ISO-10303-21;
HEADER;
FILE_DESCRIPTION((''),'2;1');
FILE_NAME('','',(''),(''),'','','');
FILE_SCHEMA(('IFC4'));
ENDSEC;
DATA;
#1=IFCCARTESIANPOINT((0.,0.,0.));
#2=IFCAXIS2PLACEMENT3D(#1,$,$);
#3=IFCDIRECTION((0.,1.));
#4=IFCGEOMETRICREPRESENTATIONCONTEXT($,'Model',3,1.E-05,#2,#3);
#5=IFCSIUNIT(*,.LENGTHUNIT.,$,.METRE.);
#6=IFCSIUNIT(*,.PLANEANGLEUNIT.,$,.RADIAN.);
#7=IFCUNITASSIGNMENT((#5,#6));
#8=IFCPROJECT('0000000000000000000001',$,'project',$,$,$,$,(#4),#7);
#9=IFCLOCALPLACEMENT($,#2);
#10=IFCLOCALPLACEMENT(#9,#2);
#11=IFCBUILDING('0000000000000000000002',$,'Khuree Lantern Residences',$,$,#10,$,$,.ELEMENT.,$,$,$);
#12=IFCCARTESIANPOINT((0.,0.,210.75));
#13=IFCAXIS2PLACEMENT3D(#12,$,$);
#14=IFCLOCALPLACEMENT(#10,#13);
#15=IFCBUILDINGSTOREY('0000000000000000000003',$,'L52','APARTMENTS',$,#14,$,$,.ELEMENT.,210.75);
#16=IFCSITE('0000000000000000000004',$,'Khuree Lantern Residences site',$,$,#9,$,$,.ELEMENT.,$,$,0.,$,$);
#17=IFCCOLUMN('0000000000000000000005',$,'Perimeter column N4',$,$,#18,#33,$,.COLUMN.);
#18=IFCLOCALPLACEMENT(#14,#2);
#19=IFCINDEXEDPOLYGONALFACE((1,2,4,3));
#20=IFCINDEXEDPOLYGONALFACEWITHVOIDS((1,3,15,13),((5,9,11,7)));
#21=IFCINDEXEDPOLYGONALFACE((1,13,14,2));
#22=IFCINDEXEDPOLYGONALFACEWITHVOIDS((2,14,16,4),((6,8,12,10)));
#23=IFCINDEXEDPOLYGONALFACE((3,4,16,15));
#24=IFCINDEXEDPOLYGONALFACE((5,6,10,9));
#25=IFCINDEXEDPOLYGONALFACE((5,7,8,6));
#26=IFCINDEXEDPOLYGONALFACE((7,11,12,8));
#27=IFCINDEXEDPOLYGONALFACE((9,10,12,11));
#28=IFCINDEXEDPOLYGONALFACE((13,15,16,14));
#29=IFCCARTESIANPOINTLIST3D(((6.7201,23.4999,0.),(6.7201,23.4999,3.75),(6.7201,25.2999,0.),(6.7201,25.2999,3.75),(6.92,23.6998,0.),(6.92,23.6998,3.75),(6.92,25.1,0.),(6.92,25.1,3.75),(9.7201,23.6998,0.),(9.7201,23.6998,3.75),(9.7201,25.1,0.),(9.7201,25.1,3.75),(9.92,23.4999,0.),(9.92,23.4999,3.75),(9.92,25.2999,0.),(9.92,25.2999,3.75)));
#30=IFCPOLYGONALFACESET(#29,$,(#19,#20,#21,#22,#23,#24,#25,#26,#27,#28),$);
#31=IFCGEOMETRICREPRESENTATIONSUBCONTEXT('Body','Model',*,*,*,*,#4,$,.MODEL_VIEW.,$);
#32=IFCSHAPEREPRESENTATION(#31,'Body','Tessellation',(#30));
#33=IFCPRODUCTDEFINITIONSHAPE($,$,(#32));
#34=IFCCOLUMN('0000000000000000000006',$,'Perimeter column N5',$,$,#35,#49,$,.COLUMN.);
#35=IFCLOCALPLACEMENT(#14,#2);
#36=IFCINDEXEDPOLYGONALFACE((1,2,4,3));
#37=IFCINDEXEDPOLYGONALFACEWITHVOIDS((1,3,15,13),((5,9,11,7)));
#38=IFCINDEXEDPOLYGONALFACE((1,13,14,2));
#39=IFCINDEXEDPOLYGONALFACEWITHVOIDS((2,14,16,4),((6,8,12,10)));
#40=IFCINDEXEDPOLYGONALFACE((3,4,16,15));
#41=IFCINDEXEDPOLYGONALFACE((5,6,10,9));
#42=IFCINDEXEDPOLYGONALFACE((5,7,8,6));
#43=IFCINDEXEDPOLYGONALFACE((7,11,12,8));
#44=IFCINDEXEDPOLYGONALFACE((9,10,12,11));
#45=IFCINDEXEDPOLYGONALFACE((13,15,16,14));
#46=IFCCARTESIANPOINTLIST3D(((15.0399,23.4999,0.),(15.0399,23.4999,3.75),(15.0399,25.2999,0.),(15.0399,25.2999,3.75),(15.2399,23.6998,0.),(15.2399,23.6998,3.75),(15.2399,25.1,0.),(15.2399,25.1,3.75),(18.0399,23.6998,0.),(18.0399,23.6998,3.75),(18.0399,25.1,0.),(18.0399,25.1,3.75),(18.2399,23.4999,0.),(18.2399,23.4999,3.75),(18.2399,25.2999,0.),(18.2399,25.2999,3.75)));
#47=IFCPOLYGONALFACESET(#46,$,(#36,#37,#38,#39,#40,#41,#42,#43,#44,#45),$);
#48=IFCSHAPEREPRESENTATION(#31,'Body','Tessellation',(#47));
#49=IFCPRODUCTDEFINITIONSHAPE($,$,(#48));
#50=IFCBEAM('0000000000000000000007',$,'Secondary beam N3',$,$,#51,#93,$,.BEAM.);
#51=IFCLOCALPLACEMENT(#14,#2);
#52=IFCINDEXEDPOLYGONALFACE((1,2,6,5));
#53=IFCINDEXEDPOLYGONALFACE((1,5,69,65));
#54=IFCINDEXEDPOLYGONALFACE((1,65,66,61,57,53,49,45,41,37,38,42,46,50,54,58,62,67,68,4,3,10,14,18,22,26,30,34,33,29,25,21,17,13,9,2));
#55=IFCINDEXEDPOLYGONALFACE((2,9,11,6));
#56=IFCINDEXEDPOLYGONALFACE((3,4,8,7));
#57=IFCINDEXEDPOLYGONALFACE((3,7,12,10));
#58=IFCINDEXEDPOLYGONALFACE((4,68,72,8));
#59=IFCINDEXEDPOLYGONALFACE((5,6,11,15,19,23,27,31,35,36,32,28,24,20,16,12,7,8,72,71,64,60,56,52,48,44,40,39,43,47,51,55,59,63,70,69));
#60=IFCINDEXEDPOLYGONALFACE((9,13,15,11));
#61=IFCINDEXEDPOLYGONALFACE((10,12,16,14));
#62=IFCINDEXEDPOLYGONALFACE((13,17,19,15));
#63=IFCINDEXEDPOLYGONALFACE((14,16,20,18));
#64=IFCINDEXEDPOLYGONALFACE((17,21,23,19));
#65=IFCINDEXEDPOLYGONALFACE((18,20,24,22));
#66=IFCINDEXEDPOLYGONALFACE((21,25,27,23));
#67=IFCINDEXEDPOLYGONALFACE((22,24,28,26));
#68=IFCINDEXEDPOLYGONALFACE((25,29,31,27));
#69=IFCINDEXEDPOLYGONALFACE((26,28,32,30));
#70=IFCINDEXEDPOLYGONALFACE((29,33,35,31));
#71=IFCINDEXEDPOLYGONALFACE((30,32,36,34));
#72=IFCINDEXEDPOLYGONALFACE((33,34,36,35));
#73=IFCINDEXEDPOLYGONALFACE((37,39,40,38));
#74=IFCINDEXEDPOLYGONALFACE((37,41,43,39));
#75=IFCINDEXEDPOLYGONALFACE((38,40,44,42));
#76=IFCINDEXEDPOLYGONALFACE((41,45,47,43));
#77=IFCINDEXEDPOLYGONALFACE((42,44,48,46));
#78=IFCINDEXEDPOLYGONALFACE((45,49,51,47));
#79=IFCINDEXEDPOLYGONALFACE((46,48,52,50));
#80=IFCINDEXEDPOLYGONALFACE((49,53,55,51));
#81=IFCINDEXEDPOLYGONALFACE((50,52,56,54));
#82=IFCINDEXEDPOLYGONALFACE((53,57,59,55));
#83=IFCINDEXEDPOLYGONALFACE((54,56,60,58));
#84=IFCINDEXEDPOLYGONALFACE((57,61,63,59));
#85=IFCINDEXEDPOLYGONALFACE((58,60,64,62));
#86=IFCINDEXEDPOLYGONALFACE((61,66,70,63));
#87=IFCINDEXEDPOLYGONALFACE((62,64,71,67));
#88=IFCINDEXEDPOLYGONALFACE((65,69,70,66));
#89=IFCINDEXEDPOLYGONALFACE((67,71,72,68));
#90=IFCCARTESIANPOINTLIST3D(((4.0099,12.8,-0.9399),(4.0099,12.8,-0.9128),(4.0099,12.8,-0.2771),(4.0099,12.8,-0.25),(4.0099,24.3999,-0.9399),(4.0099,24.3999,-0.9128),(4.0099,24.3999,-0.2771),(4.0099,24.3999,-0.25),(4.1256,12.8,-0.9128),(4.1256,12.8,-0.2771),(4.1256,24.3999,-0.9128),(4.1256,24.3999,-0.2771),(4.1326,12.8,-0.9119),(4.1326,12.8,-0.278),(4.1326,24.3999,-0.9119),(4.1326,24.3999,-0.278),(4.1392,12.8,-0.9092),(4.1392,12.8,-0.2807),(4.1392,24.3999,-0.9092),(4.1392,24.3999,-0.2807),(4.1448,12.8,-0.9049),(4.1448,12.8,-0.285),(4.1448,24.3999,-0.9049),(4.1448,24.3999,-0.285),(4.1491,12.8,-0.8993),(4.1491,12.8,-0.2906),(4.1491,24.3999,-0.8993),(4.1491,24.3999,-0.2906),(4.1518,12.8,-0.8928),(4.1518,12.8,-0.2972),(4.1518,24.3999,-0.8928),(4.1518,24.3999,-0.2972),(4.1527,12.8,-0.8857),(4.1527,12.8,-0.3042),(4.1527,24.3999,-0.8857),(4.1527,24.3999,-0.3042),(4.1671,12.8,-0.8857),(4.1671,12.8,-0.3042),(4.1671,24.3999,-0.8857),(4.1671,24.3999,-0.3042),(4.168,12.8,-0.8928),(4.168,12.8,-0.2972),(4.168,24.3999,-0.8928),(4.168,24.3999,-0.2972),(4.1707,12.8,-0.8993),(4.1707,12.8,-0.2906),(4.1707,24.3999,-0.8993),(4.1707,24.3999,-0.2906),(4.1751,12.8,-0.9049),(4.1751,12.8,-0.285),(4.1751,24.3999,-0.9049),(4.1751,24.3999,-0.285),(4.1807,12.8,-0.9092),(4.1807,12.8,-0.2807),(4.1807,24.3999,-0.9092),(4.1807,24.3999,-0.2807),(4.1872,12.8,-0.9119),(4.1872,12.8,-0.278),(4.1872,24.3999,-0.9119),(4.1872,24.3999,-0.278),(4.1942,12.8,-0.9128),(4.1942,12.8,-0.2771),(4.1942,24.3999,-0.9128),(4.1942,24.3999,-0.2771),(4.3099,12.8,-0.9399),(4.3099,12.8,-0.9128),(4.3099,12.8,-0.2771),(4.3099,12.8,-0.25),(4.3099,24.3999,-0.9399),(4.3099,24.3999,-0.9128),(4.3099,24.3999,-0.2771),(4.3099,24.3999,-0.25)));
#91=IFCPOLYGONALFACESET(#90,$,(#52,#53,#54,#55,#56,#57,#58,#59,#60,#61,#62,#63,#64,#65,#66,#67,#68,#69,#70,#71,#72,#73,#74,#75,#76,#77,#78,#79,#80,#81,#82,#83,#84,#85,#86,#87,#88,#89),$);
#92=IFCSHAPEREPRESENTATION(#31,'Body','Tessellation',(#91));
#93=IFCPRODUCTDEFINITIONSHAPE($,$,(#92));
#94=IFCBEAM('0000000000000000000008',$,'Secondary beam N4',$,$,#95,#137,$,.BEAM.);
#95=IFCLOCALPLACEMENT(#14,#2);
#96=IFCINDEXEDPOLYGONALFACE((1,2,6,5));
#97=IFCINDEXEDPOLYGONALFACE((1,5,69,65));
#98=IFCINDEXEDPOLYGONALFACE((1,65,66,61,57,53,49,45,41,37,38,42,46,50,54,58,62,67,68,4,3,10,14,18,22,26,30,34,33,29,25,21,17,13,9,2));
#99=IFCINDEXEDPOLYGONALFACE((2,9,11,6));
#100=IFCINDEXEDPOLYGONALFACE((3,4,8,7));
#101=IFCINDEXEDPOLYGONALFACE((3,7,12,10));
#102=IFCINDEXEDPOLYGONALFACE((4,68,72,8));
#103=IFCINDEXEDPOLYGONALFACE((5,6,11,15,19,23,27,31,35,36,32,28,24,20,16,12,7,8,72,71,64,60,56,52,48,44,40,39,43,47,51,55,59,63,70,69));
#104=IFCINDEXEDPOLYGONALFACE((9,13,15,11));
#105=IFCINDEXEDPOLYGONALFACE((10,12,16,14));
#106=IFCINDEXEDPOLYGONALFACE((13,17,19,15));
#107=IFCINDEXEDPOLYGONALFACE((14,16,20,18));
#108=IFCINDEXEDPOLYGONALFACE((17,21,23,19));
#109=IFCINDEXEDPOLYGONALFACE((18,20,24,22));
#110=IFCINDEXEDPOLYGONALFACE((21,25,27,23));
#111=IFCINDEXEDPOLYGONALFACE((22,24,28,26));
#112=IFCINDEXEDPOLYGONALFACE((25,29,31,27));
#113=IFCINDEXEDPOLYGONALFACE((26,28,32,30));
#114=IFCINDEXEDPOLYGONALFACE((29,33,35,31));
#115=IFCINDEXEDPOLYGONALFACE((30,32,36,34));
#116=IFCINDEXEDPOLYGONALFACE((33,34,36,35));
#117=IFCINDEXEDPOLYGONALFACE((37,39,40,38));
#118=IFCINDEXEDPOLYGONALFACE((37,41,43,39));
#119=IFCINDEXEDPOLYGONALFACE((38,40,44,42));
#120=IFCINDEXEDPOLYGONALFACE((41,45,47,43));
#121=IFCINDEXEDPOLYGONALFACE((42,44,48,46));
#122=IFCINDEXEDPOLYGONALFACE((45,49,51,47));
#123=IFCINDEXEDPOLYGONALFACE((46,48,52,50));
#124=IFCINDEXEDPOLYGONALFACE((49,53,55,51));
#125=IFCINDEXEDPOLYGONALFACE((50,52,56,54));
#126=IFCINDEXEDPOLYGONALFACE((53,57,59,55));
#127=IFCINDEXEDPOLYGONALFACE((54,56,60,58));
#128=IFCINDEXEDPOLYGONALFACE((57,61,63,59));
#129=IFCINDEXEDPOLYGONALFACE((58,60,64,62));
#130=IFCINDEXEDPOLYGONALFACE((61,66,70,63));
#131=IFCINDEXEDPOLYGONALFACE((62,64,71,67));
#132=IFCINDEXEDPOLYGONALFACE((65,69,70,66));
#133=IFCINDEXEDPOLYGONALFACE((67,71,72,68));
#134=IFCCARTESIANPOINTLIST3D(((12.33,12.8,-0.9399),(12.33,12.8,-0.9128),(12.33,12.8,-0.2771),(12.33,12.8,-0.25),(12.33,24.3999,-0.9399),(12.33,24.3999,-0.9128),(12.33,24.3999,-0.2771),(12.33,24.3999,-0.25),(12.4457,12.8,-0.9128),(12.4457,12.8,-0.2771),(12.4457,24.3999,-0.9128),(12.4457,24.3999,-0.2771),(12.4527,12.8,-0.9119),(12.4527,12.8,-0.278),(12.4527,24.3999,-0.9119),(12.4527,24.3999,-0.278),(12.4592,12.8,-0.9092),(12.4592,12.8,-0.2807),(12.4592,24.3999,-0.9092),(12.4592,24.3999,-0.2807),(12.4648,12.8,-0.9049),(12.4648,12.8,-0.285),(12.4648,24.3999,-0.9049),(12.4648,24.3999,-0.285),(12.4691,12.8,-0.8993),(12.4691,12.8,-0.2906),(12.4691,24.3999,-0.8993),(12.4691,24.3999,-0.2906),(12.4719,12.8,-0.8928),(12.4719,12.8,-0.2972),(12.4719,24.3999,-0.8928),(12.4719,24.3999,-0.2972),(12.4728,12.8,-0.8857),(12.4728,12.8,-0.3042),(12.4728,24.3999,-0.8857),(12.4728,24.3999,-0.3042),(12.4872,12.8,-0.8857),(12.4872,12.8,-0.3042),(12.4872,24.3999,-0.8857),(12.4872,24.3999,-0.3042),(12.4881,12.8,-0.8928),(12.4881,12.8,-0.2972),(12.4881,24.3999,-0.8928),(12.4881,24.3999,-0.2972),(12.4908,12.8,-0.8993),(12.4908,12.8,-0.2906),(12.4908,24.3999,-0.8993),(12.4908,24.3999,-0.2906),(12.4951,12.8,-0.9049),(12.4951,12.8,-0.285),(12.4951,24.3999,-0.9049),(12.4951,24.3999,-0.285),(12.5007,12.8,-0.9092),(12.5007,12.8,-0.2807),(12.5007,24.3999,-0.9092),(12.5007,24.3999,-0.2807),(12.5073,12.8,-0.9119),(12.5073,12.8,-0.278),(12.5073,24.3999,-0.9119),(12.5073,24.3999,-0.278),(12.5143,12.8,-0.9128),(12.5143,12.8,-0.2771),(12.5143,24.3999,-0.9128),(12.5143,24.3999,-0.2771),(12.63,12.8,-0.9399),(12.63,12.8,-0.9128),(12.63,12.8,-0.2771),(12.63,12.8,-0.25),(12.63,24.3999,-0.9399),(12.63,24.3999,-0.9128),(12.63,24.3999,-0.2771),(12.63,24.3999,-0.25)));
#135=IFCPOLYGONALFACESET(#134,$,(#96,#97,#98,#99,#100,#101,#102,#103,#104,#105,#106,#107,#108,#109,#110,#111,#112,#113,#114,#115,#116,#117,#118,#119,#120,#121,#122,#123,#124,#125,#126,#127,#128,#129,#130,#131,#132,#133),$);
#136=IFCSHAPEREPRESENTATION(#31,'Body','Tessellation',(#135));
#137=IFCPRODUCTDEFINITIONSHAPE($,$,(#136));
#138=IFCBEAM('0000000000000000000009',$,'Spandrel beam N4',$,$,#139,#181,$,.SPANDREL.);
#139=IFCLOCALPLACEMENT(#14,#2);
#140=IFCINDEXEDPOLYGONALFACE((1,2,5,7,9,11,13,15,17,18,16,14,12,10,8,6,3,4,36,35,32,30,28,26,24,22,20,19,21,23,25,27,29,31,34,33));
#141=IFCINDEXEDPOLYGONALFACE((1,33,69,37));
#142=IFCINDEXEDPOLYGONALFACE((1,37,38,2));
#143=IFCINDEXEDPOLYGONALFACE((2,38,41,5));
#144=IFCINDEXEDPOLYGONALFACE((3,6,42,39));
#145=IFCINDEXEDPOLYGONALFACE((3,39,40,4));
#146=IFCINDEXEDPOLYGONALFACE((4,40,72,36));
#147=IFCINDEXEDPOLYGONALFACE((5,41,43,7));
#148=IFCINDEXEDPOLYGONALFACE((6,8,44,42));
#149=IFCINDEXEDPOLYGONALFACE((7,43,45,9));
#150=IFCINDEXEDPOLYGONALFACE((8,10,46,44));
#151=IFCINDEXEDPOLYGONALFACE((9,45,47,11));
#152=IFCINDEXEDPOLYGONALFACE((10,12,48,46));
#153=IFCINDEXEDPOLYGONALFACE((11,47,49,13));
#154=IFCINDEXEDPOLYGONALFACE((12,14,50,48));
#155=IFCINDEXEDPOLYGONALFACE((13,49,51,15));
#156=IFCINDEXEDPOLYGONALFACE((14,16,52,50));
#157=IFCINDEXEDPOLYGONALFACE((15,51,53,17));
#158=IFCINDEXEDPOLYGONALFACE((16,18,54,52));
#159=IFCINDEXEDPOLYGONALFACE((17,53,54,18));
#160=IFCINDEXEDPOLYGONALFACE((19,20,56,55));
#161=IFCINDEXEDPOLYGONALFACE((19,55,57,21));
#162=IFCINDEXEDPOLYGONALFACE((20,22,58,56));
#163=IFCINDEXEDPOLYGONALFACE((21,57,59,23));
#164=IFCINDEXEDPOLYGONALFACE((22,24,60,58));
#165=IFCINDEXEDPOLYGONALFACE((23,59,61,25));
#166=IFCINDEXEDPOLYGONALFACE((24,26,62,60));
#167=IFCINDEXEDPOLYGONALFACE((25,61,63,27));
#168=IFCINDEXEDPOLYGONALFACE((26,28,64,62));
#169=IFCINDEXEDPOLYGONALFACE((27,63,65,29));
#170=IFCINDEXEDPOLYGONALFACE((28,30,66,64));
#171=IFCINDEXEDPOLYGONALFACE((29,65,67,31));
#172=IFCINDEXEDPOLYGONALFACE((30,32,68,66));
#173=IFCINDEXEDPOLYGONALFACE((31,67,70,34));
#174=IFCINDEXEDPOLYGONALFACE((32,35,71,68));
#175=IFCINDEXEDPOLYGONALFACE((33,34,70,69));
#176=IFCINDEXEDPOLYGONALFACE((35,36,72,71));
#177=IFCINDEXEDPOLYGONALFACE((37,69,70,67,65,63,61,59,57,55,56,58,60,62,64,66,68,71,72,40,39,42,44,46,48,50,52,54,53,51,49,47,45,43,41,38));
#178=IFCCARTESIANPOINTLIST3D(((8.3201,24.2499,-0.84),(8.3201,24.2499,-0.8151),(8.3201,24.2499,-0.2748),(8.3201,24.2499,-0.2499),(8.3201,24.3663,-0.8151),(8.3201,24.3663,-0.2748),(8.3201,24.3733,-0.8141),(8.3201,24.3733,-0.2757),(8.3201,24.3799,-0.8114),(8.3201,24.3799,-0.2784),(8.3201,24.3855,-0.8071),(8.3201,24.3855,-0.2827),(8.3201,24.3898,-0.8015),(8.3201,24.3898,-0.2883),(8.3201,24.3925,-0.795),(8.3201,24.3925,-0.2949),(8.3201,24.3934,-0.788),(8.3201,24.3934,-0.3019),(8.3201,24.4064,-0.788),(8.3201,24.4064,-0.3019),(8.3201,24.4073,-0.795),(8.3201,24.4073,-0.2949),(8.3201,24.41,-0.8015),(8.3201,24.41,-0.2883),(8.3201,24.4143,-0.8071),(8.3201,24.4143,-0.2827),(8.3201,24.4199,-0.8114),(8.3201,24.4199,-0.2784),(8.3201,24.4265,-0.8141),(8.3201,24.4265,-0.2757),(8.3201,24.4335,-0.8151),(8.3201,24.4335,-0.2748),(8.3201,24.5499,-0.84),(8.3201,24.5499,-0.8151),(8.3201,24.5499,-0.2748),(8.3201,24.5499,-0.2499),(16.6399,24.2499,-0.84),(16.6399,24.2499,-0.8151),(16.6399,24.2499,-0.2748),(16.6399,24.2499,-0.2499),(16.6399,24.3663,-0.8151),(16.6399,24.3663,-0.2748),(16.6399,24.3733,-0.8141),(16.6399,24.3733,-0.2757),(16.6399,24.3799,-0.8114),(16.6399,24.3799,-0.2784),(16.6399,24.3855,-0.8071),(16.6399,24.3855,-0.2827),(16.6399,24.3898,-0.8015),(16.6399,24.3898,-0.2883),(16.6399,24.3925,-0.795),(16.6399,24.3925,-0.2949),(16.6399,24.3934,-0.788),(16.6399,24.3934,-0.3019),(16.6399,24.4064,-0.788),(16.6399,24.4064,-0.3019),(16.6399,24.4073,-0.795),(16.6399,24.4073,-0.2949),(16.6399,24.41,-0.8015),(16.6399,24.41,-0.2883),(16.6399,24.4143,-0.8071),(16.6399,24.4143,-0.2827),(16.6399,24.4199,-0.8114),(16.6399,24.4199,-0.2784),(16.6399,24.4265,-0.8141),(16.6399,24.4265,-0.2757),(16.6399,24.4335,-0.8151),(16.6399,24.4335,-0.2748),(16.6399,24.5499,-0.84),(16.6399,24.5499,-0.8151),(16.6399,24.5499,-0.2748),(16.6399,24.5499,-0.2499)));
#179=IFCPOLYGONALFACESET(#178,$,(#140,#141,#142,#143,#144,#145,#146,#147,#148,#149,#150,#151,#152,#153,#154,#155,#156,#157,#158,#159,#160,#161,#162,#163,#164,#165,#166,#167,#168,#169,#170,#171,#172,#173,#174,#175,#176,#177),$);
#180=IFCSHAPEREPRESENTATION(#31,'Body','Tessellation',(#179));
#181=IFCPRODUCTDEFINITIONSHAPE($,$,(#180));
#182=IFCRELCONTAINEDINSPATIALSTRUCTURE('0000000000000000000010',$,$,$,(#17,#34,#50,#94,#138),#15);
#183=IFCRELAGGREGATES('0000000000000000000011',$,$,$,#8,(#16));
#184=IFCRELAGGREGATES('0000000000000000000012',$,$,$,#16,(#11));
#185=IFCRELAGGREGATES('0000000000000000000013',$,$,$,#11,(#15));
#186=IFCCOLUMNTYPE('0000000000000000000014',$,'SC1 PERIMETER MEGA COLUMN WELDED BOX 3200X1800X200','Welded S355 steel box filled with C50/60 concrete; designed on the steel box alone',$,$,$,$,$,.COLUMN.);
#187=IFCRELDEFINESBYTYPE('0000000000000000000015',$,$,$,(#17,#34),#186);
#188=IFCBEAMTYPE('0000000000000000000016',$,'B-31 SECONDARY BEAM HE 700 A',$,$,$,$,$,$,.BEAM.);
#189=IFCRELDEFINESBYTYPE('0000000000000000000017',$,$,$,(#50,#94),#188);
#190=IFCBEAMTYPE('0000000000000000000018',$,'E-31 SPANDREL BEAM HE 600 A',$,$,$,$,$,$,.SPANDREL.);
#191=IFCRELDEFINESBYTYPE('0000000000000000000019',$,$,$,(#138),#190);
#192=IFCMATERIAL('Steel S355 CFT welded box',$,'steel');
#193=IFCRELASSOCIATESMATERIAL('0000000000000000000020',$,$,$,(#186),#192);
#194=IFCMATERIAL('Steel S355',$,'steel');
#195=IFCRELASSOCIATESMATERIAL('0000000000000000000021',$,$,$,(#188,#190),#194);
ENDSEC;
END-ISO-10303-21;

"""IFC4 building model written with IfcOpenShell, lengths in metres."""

from ifc_helpers import new_model, si_unit, direction, frame, origin, origin_2d, place, context, subcontext, project, spatial, hollow_rectangle, i_section, extrude, material, material_profile, profile_set, type_object, element, save


model = new_model("IFC4")

# Units and contexts
model_context = context("Model", 3, precision=1e-05, world=origin(), true_north=direction((0.0, 1.0)))
body_context = subcontext(model_context, "Body", "Model", "MODEL_VIEW")
ifc_project = project(units=[si_unit("LENGTHUNIT", "METRE"), si_unit("PLANEANGLEUNIT", "RADIAN")], contexts=[model_context])

# Site, building, storey
site_placement = place(None, origin())
site = spatial("IfcSite", under=ifc_project, at=site_placement, Name="Khuree Lantern Residences site", CompositionType="ELEMENT", RefElevation=0.0)
building_placement = place(site_placement, origin())
building = spatial("IfcBuilding", under=site, at=building_placement, Name="Khuree Lantern Residences", CompositionType="ELEMENT")
storey_placement = place(building_placement, frame((0.0, 0.0, 210.75)))
storey = spatial("IfcBuildingStorey", under=building, at=storey_placement, Name="L52", Description="APARTMENTS", CompositionType="ELEMENT", Elevation=210.75)

# Columns
ifc_material_1 = material(Name="Steel S355 CFT welded box", Category="steel")
ifc_material_profile_1 = material_profile(ifc_material_1, hollow_rectangle(XDim=3.2, YDim=1.8, WallThickness=0.2, at=origin_2d()), Name="WELDED BOX 3200X1800X200")
ifc_profile_set_1 = profile_set([ifc_material_profile_1], Name="Steel S355 CFT welded box")
column_type = type_object("IfcColumnType", Name="SC1 PERIMETER MEGA COLUMN WELDED BOX 3200X1800X200", Description="Welded S355 steel box filled with C50/60 concrete; designed on the steel box alone", PredefinedType="COLUMN", material=ifc_profile_set_1)
for number, where, z_axis, x_axis, name in (
    (1, (8.3201, 24.3999, 0.0), (0.0, 0.0, 1.0), (1.0, 0.0, 0.0), "Perimeter column N4"),
    (2, (16.6399, 24.3999, 0.0), (0.0, 0.0, 1.0), (1.0, 0.0, 0.0), "Perimeter column N5"),
):
    element("IfcColumn", number, at=place(storey_placement, frame(where, z_axis=z_axis, x_axis=x_axis)), inside=storey, type_object=column_type, Name=name, PredefinedType="COLUMN", context=body_context, shape_type="SweptSolid", body=[
        extrude(hollow_rectangle(XDim=3.2, YDim=1.8, WallThickness=0.2, at=origin_2d()), origin(), (0.0, 0.0, 1.0), 3.75),
    ])

# Beams
ifc_material_2 = material(Name="Steel S355", Category="steel")
ifc_material_profile_2 = material_profile(ifc_material_2, i_section(OverallWidth=0.3, OverallDepth=0.6899, WebThickness=0.0144, FlangeThickness=0.0271, FilletRadius=0.0271, at=origin_2d()), Name="HE 700 A")
ifc_profile_set_2 = profile_set([ifc_material_profile_2], Name="Steel S355")
beam_type_1 = type_object("IfcBeamType", Name="B-31 SECONDARY BEAM HE 700 A", PredefinedType="BEAM", material=ifc_profile_set_2)
for number, where, z_axis, x_axis, name in (
    (3, (4.1599, 24.3999, -0.595), (0.0, -1.0, 0.0), (1.0, 0.0, 0.0), "Secondary beam N3"),
    (4, (12.48, 24.3999, -0.595), (0.0, -1.0, 0.0), (1.0, 0.0, 0.0), "Secondary beam N4"),
):
    element("IfcBeam", number, at=place(storey_placement, frame(where, z_axis=z_axis, x_axis=x_axis)), inside=storey, type_object=beam_type_1, Name=name, PredefinedType="BEAM", context=body_context, shape_type="SweptSolid", body=[
        extrude(i_section(OverallWidth=0.3, OverallDepth=0.6899, WebThickness=0.0144, FlangeThickness=0.0271, FilletRadius=0.0271, at=origin_2d()), origin(), (0.0, 0.0, 1.0), 11.5999),
    ])
ifc_material_profile_3 = material_profile(ifc_material_2, i_section(OverallWidth=0.3, OverallDepth=0.5901, WebThickness=0.0129, FlangeThickness=0.0249, FilletRadius=0.0271, at=origin_2d()), Name="HE 600 A")
ifc_profile_set_3 = profile_set([ifc_material_profile_3], Name="Steel S355")
beam_type_2 = type_object("IfcBeamType", Name="E-31 SPANDREL BEAM HE 600 A", PredefinedType="SPANDREL", material=ifc_profile_set_3)
beam_1_placement = place(storey_placement, frame((8.3201, 24.3999, -0.5449), z_axis=(1.0, 0.0, 0.0), x_axis=(0.0, 1.0, 0.0)))
element("IfcBeam", 5, at=beam_1_placement, inside=storey, type_object=beam_type_2, Name="Spandrel beam N4", PredefinedType="SPANDREL", context=body_context, shape_type="SweptSolid", body=[
    extrude(i_section(OverallWidth=0.3, OverallDepth=0.5901, WebThickness=0.0129, FlangeThickness=0.0249, FilletRadius=0.0271, at=origin_2d()), origin(), (0.0, 0.0, 1.0), 8.3198),
])

save(model, "model.ifc")
